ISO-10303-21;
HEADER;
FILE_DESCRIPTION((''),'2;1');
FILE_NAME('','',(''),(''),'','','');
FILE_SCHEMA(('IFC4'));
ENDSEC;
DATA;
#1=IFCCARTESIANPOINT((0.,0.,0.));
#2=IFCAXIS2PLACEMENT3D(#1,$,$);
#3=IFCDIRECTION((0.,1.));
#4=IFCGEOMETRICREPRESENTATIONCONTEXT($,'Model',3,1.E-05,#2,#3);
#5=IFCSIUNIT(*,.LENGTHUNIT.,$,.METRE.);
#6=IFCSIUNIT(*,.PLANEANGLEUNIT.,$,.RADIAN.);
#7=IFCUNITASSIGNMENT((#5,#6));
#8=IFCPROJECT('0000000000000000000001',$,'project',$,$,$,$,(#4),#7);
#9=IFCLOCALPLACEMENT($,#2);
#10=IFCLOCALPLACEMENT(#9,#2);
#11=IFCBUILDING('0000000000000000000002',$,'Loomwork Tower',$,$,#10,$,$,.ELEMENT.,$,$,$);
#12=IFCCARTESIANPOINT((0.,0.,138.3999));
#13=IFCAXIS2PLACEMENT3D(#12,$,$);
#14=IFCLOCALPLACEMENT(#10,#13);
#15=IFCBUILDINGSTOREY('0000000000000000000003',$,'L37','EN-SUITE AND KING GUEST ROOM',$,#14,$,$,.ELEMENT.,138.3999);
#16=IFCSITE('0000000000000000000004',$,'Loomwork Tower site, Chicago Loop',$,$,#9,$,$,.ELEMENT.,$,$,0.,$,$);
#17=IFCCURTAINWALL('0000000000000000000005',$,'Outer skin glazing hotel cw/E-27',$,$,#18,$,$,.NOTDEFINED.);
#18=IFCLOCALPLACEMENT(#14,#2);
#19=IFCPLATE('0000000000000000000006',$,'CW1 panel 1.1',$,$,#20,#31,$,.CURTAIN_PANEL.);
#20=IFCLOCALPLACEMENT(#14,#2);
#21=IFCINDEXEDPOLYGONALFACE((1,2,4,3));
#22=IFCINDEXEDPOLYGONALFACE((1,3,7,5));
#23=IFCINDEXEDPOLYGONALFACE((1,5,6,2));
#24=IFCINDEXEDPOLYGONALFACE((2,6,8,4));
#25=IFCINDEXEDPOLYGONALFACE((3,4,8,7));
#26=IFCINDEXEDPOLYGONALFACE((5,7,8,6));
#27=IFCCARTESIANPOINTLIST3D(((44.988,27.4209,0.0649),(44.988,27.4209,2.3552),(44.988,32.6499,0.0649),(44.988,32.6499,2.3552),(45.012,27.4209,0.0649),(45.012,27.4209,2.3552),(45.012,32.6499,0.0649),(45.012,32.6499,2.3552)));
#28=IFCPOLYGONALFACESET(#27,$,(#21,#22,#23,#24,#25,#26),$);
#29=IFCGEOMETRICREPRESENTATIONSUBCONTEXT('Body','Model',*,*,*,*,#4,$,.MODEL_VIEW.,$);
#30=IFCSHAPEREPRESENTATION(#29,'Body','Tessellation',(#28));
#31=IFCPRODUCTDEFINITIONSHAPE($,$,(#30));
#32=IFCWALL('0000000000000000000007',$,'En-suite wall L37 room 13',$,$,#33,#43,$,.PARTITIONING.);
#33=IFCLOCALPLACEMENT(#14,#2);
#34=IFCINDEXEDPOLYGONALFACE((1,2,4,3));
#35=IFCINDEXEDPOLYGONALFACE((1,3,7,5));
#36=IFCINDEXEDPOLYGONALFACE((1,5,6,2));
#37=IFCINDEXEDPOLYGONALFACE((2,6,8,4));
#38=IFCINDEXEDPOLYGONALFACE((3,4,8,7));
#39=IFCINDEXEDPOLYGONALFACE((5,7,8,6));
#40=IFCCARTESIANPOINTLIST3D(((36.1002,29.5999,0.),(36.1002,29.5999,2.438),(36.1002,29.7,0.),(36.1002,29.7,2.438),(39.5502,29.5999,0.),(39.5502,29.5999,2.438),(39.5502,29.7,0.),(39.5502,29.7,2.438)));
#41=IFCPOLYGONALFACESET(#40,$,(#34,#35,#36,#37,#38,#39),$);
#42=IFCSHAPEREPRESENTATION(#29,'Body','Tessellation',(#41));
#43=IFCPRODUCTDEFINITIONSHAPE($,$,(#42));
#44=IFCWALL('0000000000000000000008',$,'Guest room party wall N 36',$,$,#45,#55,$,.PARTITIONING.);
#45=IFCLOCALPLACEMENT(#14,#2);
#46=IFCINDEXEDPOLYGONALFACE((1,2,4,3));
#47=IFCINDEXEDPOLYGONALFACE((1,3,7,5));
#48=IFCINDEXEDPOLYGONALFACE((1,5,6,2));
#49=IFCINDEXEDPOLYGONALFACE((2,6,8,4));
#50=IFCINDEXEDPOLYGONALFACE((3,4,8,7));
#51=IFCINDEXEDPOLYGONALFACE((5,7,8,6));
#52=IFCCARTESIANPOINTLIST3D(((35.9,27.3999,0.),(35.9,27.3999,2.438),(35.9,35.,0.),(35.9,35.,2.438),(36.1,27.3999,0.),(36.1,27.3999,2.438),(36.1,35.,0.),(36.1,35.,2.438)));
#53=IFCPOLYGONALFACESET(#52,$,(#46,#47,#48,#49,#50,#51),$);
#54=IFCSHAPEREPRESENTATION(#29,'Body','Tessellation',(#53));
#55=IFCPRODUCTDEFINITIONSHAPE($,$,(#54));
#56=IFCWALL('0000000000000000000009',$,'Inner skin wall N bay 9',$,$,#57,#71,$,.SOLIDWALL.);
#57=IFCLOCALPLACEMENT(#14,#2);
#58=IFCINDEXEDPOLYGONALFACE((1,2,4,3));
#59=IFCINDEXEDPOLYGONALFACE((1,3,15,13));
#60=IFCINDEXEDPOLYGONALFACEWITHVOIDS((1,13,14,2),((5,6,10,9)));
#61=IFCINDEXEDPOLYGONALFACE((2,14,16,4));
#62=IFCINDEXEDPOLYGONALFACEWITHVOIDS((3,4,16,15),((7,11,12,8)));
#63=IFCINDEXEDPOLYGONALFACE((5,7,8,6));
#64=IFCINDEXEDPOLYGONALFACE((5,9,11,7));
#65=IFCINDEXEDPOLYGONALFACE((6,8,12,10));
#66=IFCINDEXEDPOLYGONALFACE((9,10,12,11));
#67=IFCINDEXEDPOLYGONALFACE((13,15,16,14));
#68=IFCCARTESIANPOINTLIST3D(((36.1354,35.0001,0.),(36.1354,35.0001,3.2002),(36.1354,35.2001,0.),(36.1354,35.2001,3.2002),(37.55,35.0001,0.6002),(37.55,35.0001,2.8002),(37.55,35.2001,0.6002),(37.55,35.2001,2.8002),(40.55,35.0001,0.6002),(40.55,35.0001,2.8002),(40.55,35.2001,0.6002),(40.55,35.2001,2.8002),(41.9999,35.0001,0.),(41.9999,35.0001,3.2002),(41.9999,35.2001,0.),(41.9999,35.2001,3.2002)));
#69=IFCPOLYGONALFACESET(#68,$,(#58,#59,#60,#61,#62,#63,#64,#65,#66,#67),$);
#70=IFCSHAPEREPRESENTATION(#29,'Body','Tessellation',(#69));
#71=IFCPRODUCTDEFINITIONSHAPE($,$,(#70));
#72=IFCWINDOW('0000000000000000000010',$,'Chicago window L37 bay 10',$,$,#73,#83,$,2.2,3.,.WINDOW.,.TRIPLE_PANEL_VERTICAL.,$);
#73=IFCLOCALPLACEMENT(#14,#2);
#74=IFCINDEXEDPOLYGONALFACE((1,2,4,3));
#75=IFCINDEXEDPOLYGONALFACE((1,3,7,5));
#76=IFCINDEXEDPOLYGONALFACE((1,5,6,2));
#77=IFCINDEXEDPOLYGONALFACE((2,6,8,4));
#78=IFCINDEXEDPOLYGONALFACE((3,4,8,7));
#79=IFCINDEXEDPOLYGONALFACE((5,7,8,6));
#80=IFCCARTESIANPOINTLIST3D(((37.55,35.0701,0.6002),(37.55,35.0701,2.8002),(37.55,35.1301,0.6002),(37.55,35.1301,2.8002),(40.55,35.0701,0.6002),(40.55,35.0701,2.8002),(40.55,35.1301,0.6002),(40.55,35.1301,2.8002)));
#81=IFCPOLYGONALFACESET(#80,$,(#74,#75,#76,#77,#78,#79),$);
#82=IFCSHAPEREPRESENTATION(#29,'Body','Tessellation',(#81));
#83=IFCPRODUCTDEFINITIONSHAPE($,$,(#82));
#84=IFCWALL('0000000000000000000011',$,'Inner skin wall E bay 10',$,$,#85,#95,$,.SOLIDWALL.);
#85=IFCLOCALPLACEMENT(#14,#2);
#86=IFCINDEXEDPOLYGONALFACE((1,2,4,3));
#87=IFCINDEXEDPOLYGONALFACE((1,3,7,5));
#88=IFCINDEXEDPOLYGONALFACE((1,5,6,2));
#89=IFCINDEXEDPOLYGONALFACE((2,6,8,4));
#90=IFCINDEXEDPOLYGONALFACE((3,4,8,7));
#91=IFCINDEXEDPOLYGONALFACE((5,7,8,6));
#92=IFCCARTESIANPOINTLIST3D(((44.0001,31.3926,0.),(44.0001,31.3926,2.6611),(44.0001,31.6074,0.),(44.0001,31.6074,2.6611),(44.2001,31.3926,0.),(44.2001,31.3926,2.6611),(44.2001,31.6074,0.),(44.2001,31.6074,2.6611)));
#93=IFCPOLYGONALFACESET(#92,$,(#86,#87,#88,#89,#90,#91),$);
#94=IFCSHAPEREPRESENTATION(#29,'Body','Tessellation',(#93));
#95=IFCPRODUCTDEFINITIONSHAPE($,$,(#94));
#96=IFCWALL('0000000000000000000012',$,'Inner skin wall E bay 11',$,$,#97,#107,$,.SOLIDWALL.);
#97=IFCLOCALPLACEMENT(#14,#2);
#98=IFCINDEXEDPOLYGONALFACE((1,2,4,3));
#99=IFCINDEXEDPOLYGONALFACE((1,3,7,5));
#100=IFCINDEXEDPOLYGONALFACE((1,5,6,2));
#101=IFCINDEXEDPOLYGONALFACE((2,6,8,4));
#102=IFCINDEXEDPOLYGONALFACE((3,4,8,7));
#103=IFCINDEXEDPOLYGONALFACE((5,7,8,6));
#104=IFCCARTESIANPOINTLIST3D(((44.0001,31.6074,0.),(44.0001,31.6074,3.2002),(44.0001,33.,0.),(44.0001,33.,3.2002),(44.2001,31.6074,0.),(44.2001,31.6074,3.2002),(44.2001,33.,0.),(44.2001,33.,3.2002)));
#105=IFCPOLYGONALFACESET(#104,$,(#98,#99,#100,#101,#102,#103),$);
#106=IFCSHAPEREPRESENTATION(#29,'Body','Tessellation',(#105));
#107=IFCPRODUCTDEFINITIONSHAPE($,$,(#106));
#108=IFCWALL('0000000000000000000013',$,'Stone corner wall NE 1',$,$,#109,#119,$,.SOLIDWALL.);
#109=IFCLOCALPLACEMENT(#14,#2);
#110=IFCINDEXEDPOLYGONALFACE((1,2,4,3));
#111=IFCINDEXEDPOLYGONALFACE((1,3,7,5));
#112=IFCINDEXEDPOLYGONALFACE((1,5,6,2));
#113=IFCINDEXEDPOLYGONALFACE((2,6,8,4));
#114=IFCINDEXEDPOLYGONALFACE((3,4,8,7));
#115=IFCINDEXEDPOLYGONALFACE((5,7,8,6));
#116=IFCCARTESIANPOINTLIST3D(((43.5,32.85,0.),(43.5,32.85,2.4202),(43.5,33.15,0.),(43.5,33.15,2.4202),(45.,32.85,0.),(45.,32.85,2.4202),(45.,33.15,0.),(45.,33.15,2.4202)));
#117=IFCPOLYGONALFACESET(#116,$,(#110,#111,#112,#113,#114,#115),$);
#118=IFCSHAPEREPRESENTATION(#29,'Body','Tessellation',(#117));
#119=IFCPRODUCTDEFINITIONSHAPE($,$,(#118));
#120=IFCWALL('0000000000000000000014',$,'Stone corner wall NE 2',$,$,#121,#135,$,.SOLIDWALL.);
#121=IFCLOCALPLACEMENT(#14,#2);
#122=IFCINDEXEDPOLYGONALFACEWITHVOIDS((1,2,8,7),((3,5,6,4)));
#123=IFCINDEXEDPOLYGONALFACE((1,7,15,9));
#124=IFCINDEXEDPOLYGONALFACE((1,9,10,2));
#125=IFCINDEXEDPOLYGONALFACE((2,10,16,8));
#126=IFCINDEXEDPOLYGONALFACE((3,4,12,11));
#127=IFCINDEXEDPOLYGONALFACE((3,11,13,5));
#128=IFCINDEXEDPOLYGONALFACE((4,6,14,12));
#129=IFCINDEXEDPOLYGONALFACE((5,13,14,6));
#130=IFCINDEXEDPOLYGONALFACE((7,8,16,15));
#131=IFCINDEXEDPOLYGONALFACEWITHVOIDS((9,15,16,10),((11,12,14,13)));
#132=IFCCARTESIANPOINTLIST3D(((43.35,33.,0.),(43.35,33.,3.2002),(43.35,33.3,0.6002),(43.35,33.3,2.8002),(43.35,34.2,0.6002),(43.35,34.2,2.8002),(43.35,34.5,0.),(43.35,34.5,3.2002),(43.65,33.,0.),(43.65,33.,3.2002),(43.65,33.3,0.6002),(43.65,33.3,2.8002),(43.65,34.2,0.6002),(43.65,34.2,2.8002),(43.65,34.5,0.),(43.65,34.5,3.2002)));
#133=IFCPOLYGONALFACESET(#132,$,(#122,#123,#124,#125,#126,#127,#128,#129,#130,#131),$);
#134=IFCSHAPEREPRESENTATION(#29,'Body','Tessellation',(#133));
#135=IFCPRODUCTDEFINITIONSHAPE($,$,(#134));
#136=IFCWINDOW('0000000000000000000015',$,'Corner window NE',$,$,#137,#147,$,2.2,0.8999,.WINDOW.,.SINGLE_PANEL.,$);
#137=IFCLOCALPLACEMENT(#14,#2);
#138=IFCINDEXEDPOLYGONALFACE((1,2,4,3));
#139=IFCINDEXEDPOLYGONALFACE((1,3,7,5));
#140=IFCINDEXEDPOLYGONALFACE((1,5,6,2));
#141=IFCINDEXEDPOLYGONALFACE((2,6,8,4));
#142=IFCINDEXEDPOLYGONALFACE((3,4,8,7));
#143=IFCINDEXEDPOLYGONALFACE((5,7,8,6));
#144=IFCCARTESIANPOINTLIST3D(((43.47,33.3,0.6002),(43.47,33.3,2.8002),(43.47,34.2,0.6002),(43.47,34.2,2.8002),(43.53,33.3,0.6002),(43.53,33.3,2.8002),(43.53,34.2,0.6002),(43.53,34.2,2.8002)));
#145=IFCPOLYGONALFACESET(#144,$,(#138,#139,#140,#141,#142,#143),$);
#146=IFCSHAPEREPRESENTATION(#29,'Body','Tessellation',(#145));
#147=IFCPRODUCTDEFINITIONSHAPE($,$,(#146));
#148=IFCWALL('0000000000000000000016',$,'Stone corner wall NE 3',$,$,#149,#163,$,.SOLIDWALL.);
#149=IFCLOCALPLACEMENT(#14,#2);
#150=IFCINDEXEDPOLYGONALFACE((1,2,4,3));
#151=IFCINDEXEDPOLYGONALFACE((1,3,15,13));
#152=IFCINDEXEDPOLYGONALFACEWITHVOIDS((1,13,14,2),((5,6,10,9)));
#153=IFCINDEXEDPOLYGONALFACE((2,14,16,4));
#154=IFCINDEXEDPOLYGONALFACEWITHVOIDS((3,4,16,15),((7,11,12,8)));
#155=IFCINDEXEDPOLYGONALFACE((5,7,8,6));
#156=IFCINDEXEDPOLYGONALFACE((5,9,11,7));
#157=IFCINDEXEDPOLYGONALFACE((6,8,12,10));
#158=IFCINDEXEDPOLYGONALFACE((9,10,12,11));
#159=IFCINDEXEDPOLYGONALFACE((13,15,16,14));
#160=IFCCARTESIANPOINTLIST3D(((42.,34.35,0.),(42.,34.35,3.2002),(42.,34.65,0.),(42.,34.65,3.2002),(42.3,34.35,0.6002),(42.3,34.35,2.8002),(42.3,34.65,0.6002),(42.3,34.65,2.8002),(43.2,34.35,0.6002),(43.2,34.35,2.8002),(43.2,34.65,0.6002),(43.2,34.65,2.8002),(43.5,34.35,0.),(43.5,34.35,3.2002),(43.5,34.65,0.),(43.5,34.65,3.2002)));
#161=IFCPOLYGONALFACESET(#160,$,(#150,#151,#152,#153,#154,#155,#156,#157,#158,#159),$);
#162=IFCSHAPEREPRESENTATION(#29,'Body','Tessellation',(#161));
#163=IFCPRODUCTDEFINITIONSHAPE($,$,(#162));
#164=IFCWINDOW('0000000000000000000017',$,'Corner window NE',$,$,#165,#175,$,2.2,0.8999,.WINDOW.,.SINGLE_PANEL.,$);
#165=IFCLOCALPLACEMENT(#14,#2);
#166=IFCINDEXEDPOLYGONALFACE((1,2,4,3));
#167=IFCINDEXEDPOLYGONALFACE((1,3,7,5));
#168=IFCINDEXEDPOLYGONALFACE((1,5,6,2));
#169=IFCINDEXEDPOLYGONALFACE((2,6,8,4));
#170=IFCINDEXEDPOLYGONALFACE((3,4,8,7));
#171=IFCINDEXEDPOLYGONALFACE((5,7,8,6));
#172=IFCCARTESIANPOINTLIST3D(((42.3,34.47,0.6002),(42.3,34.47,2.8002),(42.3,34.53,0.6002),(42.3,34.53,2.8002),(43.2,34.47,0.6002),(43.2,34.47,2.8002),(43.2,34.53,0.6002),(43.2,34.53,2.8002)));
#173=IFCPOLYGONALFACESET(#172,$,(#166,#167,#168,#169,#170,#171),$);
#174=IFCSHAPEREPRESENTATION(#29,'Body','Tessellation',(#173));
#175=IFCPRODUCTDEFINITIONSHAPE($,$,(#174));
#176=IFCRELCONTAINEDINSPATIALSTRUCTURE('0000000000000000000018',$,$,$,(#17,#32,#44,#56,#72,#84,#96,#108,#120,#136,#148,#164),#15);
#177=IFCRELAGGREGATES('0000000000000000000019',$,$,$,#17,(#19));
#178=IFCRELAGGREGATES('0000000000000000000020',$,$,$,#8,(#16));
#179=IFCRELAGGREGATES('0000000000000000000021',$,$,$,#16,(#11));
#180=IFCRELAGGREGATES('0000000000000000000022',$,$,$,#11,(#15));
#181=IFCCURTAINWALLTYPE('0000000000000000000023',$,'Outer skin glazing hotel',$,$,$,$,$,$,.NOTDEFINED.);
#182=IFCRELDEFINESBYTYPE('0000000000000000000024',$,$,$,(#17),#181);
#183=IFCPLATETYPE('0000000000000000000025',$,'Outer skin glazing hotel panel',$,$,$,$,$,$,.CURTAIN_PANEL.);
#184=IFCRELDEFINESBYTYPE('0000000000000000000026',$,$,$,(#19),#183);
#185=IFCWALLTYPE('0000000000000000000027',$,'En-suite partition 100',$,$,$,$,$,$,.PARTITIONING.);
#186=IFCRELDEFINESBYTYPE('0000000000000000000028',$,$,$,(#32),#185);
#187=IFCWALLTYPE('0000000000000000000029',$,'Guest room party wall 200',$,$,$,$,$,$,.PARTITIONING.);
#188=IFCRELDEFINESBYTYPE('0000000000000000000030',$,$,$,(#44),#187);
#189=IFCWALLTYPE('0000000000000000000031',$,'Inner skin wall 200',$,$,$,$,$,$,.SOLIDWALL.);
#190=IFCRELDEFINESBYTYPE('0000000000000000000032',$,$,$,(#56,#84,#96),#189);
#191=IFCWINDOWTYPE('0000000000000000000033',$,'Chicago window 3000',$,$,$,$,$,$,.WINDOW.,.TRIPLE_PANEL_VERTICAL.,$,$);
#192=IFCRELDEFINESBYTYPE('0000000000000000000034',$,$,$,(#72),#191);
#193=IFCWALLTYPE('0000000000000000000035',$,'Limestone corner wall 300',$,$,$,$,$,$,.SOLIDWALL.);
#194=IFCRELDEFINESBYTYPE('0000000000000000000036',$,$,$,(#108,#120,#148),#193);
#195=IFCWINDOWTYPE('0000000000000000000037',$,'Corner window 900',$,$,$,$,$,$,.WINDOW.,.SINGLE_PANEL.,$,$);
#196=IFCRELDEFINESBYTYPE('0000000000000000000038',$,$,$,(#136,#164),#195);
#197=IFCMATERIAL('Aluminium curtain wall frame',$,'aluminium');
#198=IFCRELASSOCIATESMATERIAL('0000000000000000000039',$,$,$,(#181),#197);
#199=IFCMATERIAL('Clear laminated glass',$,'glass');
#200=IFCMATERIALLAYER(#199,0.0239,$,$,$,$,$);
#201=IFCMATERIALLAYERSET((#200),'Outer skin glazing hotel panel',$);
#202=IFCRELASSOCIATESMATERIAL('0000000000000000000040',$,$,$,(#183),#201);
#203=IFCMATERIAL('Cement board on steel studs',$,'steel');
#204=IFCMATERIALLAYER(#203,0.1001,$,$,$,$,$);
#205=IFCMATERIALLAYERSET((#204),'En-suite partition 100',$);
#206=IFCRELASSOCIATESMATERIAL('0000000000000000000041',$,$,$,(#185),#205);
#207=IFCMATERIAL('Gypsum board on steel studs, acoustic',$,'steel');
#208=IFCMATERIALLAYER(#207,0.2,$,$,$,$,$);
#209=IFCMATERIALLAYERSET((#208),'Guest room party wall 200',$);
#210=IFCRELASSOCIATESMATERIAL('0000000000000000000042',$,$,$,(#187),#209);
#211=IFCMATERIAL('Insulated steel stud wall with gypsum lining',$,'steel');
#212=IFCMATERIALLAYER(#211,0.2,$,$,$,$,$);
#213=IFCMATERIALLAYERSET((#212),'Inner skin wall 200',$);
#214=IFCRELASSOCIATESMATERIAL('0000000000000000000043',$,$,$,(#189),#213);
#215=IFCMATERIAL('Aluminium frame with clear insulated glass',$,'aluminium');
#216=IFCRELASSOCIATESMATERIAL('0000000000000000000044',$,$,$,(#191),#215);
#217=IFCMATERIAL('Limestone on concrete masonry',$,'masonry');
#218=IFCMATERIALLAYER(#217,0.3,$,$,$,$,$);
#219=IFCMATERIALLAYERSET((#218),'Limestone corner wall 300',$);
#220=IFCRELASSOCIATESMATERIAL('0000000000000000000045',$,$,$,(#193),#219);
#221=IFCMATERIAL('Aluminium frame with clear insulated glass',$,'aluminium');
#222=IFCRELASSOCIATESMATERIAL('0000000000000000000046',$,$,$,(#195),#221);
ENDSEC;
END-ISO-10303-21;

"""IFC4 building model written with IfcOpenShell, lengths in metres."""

from ifc_helpers import new_model, si_unit, direction, frame, frame_2d, origin, origin_2d, place, context, subcontext, project, spatial, rectangle, extrude, material, layer, layer_set, type_object, element, fill, aggregate, save


model = new_model("IFC4")

# Units and contexts
model_context = context("Model", 3, precision=1e-05, world=origin(), true_north=direction((0.0, 1.0)))
body_context = subcontext(model_context, "Body", "Model", "MODEL_VIEW")
ifc_project = project(units=[si_unit("LENGTHUNIT", "METRE"), si_unit("PLANEANGLEUNIT", "RADIAN")], contexts=[model_context])

# Site, building, storey
site_placement = place(None, origin())
site = spatial("IfcSite", under=ifc_project, at=site_placement, Name="Loomwork Tower site, Chicago Loop", CompositionType="ELEMENT", RefElevation=0.0)
building_placement = place(site_placement, origin())
building = spatial("IfcBuilding", under=site, at=building_placement, Name="Loomwork Tower", CompositionType="ELEMENT")
storey_placement = place(building_placement, frame((0.0, 0.0, 138.3999)))
storey = spatial("IfcBuildingStorey", under=building, at=storey_placement, Name="L37", Description="EN-SUITE AND KING GUEST ROOM", CompositionType="ELEMENT", Elevation=138.3999)

# Shared definitions
ifc_material_1 = material(Name="Aluminium curtain wall frame", Category="aluminium")
curtain_wall_type = type_object("IfcCurtainWallType", Name="Outer skin glazing hotel", PredefinedType="NOTDEFINED", material=ifc_material_1)

# Curtain wall
curtain_wall_1_placement = place(storey_placement, origin())
curtain_wall_1 = element("IfcCurtainWall", 1, at=curtain_wall_1_placement, inside=storey, type_object=curtain_wall_type, Name="Outer skin glazing hotel cw/E-27", PredefinedType="NOTDEFINED")

# Plate
ifc_material_2 = material(Name="Clear laminated glass", Category="glass")
ifc_layer_1 = layer(ifc_material_2, 0.0239)
ifc_layer_set_1 = layer_set([ifc_layer_1], Name="Outer skin glazing hotel panel")
plate_type = type_object("IfcPlateType", Name="Outer skin glazing hotel panel", PredefinedType="CURTAIN_PANEL", material=ifc_layer_set_1)
plate_1_placement = place(storey_placement, frame((45.0, 30.0354, 0.0649), z_axis=(0.0, 0.0, 1.0), x_axis=(0.0, 1.0, 0.0)))
plate_1 = element("IfcPlate", 2, at=plate_1_placement, type_object=plate_type, Name="CW1 panel 1.1", PredefinedType="CURTAIN_PANEL", context=body_context, shape_type="SweptSolid", body=[
    extrude(rectangle(XDim=5.229, YDim=0.0239, at=origin_2d()), origin(), (0.0, 0.0, 1.0), 2.2903),
])
aggregate(curtain_wall_1, [plate_1])

# Walls
ifc_material_3 = material(Name="Cement board on steel studs", Category="steel")
ifc_layer_2 = layer(ifc_material_3, 0.1001)
ifc_layer_set_2 = layer_set([ifc_layer_2], Name="En-suite partition 100")
wall_type_1 = type_object("IfcWallType", Name="En-suite partition 100", PredefinedType="PARTITIONING", material=ifc_layer_set_2)
wall_1_placement = place(storey_placement, frame((36.1001, 29.6499, 0.0), z_axis=(0.0, 0.0, 1.0), x_axis=(1.0, 0.0, 0.0)))
element("IfcWall", 3, at=wall_1_placement, inside=storey, type_object=wall_type_1, Name="En-suite wall L37 room 13", PredefinedType="PARTITIONING", context=body_context, shape_type="SweptSolid", body=[
    extrude(rectangle(XDim=3.45, YDim=0.1001, at=frame_2d((1.7251, 0.0))), origin(), (0.0, 0.0, 1.0), 2.438),
])
ifc_material_4 = material(Name="Gypsum board on steel studs, acoustic", Category="steel")
ifc_layer_3 = layer(ifc_material_4, 0.2)
ifc_layer_set_3 = layer_set([ifc_layer_3], Name="Guest room party wall 200")
wall_type_2 = type_object("IfcWallType", Name="Guest room party wall 200", PredefinedType="PARTITIONING", material=ifc_layer_set_3)
wall_2_placement = place(storey_placement, frame((36.0, 27.3999, 0.0), z_axis=(0.0, 0.0, 1.0), x_axis=(0.0, 1.0, 0.0)))
element("IfcWall", 4, at=wall_2_placement, inside=storey, type_object=wall_type_2, Name="Guest room party wall N 36", PredefinedType="PARTITIONING", context=body_context, shape_type="SweptSolid", body=[
    extrude(rectangle(XDim=7.6001, YDim=0.2, at=frame_2d((3.8, 0.0))), origin(), (0.0, 0.0, 1.0), 2.438),
])

# Wall, opening, window
ifc_material_5 = material(Name="Insulated steel stud wall with gypsum lining", Category="steel")
ifc_layer_4 = layer(ifc_material_5, 0.2)
ifc_layer_set_4 = layer_set([ifc_layer_4], Name="Inner skin wall 200")
wall_type_3 = type_object("IfcWallType", Name="Inner skin wall 200", PredefinedType="SOLIDWALL", material=ifc_layer_set_4)
wall_3_placement = place(storey_placement, frame((36.1355, 35.1001, 0.0), z_axis=(0.0, 0.0, 1.0), x_axis=(1.0, 0.0, 0.0)))
wall_3 = element("IfcWall", 5, at=wall_3_placement, inside=storey, type_object=wall_type_3, Name="Inner skin wall N bay 9", PredefinedType="SOLIDWALL", context=body_context, shape_type="SweptSolid", body=[
    extrude(rectangle(XDim=5.8645, YDim=0.2, at=frame_2d((2.9321, 0.0))), origin(), (0.0, 0.0, 1.0), 3.2002),
])
opening_1_placement = place(wall_3_placement, frame((1.4146, 0.0, 0.6001)))
opening_1 = element("IfcOpeningElement", 6, at=opening_1_placement, cuts=wall_3, PredefinedType="OPENING", context=body_context, shape_type="SweptSolid", body=[
    extrude(rectangle(XDim=3.0, YDim=2.2, at=frame_2d((1.5, 1.1001))), frame((0.0, 0.1099, 0.0), z_axis=(0.0, -1.0, 0.0), x_axis=(1.0, 0.0, 0.0)), (0.0, 0.0, 1.0), 0.22),
])
ifc_material_6 = material(Name="Aluminium frame with clear insulated glass", Category="aluminium")
window_type_1 = type_object("IfcWindowType", Name="Chicago window 3000", PartitioningType="TRIPLE_PANEL_VERTICAL", PredefinedType="WINDOW", material=ifc_material_6)
window_1_placement = place(opening_1_placement, origin())
window_1 = element("IfcWindow", 7, at=window_1_placement, inside=storey, type_object=window_type_1, Name="Chicago window L37 bay 10", OverallHeight=2.2, OverallWidth=3.0, PartitioningType="TRIPLE_PANEL_VERTICAL", PredefinedType="WINDOW", context=body_context, shape_type="SweptSolid", body=[
    extrude(rectangle(XDim=3.0, YDim=2.2, at=frame_2d((1.5, 1.1001))), frame((0.0, 0.03, 0.0), z_axis=(0.0, -1.0, 0.0), x_axis=(1.0, 0.0, 0.0)), (0.0, 0.0, 1.0), 0.0601),
])
fill(opening_1, window_1)

# Walls
wall_4_placement = place(storey_placement, frame((44.1001, 31.3926, 0.0), z_axis=(0.0, 0.0, 1.0), x_axis=(0.0, 1.0, 0.0)))
element("IfcWall", 8, at=wall_4_placement, inside=storey, type_object=wall_type_3, Name="Inner skin wall E bay 10", PredefinedType="SOLIDWALL", context=body_context, shape_type="SweptSolid", body=[
    extrude(rectangle(XDim=0.2148, YDim=0.2, at=frame_2d((0.1074, 0.0))), origin(), (0.0, 0.0, 1.0), 2.6611),
])
wall_5_placement = place(storey_placement, frame((44.1001, 31.6074, 0.0), z_axis=(0.0, 0.0, 1.0), x_axis=(0.0, 1.0, 0.0)))
element("IfcWall", 9, at=wall_5_placement, inside=storey, type_object=wall_type_3, Name="Inner skin wall E bay 11", PredefinedType="SOLIDWALL", context=body_context, shape_type="SweptSolid", body=[
    extrude(rectangle(XDim=1.3926, YDim=0.2, at=frame_2d((0.6963, 0.0))), origin(), (0.0, 0.0, 1.0), 3.2002),
])
ifc_material_7 = material(Name="Limestone on concrete masonry", Category="masonry")
ifc_layer_5 = layer(ifc_material_7, 0.3)
ifc_layer_set_5 = layer_set([ifc_layer_5], Name="Limestone corner wall 300")
wall_type_4 = type_object("IfcWallType", Name="Limestone corner wall 300", PredefinedType="SOLIDWALL", material=ifc_layer_set_5)
wall_6_placement = place(storey_placement, frame((45.0, 33.0, 0.0), z_axis=(0.0, 0.0, 1.0), x_axis=(-1.0, 0.0, 0.0)))
element("IfcWall", 10, at=wall_6_placement, inside=storey, type_object=wall_type_4, Name="Stone corner wall NE 1", PredefinedType="SOLIDWALL", context=body_context, shape_type="SweptSolid", body=[
    extrude(rectangle(XDim=1.5, YDim=0.3, at=frame_2d((0.75, 0.0))), origin(), (0.0, 0.0, 1.0), 2.4202),
])

# Walls, openings, windows
wall_7_placement = place(storey_placement, frame((43.5, 33.0, 0.0), z_axis=(0.0, 0.0, 1.0), x_axis=(0.0, 1.0, 0.0)))
wall_7 = element("IfcWall", 11, at=wall_7_placement, inside=storey, type_object=wall_type_4, Name="Stone corner wall NE 2", PredefinedType="SOLIDWALL", context=body_context, shape_type="SweptSolid", body=[
    extrude(rectangle(XDim=1.5, YDim=0.3, at=frame_2d((0.75, 0.0))), origin(), (0.0, 0.0, 1.0), 3.2002),
])
opening_2_placement = place(wall_7_placement, frame((0.3, 0.0, 0.6001)))
opening_2 = element("IfcOpeningElement", 12, at=opening_2_placement, cuts=wall_7, PredefinedType="OPENING", context=body_context, shape_type="SweptSolid", body=[
    extrude(rectangle(XDim=0.8999, YDim=2.2, at=frame_2d((0.45, 1.1001))), frame((0.0, 0.1599, 0.0), z_axis=(0.0, -1.0, 0.0), x_axis=(1.0, 0.0, 0.0)), (0.0, 0.0, 1.0), 0.3201),
])
ifc_material_8 = material(Name="Aluminium frame with clear insulated glass", Category="aluminium")
window_type_2 = type_object("IfcWindowType", Name="Corner window 900", PartitioningType="SINGLE_PANEL", PredefinedType="WINDOW", material=ifc_material_8)
window_2_placement = place(opening_2_placement, origin())
window_2 = element("IfcWindow", 13, at=window_2_placement, inside=storey, type_object=window_type_2, Name="Corner window NE", OverallHeight=2.2, OverallWidth=0.8999, PartitioningType="SINGLE_PANEL", PredefinedType="WINDOW", context=body_context, shape_type="SweptSolid", body=[
    extrude(rectangle(XDim=0.8999, YDim=2.2, at=frame_2d((0.45, 1.1001))), frame((0.0, 0.03, 0.0), z_axis=(0.0, -1.0, 0.0), x_axis=(1.0, 0.0, 0.0)), (0.0, 0.0, 1.0), 0.0601),
])
fill(opening_2, window_2)
wall_8_placement = place(storey_placement, frame((43.5, 34.5, 0.0), z_axis=(0.0, 0.0, 1.0), x_axis=(-1.0, 0.0, 0.0)))
wall_8 = element("IfcWall", 14, at=wall_8_placement, inside=storey, type_object=wall_type_4, Name="Stone corner wall NE 3", PredefinedType="SOLIDWALL", context=body_context, shape_type="SweptSolid", body=[
    extrude(rectangle(XDim=1.5, YDim=0.3, at=frame_2d((0.75, 0.0))), origin(), (0.0, 0.0, 1.0), 3.2002),
])
opening_3_placement = place(wall_8_placement, frame((0.3, 0.0, 0.6001)))
opening_3 = element("IfcOpeningElement", 15, at=opening_3_placement, cuts=wall_8, PredefinedType="OPENING", context=body_context, shape_type="SweptSolid", body=[
    extrude(rectangle(XDim=0.8999, YDim=2.2, at=frame_2d((0.45, 1.1001))), frame((0.0, 0.1599, 0.0), z_axis=(0.0, -1.0, 0.0), x_axis=(1.0, 0.0, 0.0)), (0.0, 0.0, 1.0), 0.3201),
])
window_3_placement = place(opening_3_placement, origin())
window_3 = element("IfcWindow", 16, at=window_3_placement, inside=storey, type_object=window_type_2, Name="Corner window NE", OverallHeight=2.2, OverallWidth=0.8999, PartitioningType="SINGLE_PANEL", PredefinedType="WINDOW", context=body_context, shape_type="SweptSolid", body=[
    extrude(rectangle(XDim=0.8999, YDim=2.2, at=frame_2d((0.45, 1.1001))), frame((0.0, 0.03, 0.0), z_axis=(0.0, -1.0, 0.0), x_axis=(1.0, 0.0, 0.0)), (0.0, 0.0, 1.0), 0.0601),
])
fill(opening_3, window_3)

save(model, "model.ifc")
